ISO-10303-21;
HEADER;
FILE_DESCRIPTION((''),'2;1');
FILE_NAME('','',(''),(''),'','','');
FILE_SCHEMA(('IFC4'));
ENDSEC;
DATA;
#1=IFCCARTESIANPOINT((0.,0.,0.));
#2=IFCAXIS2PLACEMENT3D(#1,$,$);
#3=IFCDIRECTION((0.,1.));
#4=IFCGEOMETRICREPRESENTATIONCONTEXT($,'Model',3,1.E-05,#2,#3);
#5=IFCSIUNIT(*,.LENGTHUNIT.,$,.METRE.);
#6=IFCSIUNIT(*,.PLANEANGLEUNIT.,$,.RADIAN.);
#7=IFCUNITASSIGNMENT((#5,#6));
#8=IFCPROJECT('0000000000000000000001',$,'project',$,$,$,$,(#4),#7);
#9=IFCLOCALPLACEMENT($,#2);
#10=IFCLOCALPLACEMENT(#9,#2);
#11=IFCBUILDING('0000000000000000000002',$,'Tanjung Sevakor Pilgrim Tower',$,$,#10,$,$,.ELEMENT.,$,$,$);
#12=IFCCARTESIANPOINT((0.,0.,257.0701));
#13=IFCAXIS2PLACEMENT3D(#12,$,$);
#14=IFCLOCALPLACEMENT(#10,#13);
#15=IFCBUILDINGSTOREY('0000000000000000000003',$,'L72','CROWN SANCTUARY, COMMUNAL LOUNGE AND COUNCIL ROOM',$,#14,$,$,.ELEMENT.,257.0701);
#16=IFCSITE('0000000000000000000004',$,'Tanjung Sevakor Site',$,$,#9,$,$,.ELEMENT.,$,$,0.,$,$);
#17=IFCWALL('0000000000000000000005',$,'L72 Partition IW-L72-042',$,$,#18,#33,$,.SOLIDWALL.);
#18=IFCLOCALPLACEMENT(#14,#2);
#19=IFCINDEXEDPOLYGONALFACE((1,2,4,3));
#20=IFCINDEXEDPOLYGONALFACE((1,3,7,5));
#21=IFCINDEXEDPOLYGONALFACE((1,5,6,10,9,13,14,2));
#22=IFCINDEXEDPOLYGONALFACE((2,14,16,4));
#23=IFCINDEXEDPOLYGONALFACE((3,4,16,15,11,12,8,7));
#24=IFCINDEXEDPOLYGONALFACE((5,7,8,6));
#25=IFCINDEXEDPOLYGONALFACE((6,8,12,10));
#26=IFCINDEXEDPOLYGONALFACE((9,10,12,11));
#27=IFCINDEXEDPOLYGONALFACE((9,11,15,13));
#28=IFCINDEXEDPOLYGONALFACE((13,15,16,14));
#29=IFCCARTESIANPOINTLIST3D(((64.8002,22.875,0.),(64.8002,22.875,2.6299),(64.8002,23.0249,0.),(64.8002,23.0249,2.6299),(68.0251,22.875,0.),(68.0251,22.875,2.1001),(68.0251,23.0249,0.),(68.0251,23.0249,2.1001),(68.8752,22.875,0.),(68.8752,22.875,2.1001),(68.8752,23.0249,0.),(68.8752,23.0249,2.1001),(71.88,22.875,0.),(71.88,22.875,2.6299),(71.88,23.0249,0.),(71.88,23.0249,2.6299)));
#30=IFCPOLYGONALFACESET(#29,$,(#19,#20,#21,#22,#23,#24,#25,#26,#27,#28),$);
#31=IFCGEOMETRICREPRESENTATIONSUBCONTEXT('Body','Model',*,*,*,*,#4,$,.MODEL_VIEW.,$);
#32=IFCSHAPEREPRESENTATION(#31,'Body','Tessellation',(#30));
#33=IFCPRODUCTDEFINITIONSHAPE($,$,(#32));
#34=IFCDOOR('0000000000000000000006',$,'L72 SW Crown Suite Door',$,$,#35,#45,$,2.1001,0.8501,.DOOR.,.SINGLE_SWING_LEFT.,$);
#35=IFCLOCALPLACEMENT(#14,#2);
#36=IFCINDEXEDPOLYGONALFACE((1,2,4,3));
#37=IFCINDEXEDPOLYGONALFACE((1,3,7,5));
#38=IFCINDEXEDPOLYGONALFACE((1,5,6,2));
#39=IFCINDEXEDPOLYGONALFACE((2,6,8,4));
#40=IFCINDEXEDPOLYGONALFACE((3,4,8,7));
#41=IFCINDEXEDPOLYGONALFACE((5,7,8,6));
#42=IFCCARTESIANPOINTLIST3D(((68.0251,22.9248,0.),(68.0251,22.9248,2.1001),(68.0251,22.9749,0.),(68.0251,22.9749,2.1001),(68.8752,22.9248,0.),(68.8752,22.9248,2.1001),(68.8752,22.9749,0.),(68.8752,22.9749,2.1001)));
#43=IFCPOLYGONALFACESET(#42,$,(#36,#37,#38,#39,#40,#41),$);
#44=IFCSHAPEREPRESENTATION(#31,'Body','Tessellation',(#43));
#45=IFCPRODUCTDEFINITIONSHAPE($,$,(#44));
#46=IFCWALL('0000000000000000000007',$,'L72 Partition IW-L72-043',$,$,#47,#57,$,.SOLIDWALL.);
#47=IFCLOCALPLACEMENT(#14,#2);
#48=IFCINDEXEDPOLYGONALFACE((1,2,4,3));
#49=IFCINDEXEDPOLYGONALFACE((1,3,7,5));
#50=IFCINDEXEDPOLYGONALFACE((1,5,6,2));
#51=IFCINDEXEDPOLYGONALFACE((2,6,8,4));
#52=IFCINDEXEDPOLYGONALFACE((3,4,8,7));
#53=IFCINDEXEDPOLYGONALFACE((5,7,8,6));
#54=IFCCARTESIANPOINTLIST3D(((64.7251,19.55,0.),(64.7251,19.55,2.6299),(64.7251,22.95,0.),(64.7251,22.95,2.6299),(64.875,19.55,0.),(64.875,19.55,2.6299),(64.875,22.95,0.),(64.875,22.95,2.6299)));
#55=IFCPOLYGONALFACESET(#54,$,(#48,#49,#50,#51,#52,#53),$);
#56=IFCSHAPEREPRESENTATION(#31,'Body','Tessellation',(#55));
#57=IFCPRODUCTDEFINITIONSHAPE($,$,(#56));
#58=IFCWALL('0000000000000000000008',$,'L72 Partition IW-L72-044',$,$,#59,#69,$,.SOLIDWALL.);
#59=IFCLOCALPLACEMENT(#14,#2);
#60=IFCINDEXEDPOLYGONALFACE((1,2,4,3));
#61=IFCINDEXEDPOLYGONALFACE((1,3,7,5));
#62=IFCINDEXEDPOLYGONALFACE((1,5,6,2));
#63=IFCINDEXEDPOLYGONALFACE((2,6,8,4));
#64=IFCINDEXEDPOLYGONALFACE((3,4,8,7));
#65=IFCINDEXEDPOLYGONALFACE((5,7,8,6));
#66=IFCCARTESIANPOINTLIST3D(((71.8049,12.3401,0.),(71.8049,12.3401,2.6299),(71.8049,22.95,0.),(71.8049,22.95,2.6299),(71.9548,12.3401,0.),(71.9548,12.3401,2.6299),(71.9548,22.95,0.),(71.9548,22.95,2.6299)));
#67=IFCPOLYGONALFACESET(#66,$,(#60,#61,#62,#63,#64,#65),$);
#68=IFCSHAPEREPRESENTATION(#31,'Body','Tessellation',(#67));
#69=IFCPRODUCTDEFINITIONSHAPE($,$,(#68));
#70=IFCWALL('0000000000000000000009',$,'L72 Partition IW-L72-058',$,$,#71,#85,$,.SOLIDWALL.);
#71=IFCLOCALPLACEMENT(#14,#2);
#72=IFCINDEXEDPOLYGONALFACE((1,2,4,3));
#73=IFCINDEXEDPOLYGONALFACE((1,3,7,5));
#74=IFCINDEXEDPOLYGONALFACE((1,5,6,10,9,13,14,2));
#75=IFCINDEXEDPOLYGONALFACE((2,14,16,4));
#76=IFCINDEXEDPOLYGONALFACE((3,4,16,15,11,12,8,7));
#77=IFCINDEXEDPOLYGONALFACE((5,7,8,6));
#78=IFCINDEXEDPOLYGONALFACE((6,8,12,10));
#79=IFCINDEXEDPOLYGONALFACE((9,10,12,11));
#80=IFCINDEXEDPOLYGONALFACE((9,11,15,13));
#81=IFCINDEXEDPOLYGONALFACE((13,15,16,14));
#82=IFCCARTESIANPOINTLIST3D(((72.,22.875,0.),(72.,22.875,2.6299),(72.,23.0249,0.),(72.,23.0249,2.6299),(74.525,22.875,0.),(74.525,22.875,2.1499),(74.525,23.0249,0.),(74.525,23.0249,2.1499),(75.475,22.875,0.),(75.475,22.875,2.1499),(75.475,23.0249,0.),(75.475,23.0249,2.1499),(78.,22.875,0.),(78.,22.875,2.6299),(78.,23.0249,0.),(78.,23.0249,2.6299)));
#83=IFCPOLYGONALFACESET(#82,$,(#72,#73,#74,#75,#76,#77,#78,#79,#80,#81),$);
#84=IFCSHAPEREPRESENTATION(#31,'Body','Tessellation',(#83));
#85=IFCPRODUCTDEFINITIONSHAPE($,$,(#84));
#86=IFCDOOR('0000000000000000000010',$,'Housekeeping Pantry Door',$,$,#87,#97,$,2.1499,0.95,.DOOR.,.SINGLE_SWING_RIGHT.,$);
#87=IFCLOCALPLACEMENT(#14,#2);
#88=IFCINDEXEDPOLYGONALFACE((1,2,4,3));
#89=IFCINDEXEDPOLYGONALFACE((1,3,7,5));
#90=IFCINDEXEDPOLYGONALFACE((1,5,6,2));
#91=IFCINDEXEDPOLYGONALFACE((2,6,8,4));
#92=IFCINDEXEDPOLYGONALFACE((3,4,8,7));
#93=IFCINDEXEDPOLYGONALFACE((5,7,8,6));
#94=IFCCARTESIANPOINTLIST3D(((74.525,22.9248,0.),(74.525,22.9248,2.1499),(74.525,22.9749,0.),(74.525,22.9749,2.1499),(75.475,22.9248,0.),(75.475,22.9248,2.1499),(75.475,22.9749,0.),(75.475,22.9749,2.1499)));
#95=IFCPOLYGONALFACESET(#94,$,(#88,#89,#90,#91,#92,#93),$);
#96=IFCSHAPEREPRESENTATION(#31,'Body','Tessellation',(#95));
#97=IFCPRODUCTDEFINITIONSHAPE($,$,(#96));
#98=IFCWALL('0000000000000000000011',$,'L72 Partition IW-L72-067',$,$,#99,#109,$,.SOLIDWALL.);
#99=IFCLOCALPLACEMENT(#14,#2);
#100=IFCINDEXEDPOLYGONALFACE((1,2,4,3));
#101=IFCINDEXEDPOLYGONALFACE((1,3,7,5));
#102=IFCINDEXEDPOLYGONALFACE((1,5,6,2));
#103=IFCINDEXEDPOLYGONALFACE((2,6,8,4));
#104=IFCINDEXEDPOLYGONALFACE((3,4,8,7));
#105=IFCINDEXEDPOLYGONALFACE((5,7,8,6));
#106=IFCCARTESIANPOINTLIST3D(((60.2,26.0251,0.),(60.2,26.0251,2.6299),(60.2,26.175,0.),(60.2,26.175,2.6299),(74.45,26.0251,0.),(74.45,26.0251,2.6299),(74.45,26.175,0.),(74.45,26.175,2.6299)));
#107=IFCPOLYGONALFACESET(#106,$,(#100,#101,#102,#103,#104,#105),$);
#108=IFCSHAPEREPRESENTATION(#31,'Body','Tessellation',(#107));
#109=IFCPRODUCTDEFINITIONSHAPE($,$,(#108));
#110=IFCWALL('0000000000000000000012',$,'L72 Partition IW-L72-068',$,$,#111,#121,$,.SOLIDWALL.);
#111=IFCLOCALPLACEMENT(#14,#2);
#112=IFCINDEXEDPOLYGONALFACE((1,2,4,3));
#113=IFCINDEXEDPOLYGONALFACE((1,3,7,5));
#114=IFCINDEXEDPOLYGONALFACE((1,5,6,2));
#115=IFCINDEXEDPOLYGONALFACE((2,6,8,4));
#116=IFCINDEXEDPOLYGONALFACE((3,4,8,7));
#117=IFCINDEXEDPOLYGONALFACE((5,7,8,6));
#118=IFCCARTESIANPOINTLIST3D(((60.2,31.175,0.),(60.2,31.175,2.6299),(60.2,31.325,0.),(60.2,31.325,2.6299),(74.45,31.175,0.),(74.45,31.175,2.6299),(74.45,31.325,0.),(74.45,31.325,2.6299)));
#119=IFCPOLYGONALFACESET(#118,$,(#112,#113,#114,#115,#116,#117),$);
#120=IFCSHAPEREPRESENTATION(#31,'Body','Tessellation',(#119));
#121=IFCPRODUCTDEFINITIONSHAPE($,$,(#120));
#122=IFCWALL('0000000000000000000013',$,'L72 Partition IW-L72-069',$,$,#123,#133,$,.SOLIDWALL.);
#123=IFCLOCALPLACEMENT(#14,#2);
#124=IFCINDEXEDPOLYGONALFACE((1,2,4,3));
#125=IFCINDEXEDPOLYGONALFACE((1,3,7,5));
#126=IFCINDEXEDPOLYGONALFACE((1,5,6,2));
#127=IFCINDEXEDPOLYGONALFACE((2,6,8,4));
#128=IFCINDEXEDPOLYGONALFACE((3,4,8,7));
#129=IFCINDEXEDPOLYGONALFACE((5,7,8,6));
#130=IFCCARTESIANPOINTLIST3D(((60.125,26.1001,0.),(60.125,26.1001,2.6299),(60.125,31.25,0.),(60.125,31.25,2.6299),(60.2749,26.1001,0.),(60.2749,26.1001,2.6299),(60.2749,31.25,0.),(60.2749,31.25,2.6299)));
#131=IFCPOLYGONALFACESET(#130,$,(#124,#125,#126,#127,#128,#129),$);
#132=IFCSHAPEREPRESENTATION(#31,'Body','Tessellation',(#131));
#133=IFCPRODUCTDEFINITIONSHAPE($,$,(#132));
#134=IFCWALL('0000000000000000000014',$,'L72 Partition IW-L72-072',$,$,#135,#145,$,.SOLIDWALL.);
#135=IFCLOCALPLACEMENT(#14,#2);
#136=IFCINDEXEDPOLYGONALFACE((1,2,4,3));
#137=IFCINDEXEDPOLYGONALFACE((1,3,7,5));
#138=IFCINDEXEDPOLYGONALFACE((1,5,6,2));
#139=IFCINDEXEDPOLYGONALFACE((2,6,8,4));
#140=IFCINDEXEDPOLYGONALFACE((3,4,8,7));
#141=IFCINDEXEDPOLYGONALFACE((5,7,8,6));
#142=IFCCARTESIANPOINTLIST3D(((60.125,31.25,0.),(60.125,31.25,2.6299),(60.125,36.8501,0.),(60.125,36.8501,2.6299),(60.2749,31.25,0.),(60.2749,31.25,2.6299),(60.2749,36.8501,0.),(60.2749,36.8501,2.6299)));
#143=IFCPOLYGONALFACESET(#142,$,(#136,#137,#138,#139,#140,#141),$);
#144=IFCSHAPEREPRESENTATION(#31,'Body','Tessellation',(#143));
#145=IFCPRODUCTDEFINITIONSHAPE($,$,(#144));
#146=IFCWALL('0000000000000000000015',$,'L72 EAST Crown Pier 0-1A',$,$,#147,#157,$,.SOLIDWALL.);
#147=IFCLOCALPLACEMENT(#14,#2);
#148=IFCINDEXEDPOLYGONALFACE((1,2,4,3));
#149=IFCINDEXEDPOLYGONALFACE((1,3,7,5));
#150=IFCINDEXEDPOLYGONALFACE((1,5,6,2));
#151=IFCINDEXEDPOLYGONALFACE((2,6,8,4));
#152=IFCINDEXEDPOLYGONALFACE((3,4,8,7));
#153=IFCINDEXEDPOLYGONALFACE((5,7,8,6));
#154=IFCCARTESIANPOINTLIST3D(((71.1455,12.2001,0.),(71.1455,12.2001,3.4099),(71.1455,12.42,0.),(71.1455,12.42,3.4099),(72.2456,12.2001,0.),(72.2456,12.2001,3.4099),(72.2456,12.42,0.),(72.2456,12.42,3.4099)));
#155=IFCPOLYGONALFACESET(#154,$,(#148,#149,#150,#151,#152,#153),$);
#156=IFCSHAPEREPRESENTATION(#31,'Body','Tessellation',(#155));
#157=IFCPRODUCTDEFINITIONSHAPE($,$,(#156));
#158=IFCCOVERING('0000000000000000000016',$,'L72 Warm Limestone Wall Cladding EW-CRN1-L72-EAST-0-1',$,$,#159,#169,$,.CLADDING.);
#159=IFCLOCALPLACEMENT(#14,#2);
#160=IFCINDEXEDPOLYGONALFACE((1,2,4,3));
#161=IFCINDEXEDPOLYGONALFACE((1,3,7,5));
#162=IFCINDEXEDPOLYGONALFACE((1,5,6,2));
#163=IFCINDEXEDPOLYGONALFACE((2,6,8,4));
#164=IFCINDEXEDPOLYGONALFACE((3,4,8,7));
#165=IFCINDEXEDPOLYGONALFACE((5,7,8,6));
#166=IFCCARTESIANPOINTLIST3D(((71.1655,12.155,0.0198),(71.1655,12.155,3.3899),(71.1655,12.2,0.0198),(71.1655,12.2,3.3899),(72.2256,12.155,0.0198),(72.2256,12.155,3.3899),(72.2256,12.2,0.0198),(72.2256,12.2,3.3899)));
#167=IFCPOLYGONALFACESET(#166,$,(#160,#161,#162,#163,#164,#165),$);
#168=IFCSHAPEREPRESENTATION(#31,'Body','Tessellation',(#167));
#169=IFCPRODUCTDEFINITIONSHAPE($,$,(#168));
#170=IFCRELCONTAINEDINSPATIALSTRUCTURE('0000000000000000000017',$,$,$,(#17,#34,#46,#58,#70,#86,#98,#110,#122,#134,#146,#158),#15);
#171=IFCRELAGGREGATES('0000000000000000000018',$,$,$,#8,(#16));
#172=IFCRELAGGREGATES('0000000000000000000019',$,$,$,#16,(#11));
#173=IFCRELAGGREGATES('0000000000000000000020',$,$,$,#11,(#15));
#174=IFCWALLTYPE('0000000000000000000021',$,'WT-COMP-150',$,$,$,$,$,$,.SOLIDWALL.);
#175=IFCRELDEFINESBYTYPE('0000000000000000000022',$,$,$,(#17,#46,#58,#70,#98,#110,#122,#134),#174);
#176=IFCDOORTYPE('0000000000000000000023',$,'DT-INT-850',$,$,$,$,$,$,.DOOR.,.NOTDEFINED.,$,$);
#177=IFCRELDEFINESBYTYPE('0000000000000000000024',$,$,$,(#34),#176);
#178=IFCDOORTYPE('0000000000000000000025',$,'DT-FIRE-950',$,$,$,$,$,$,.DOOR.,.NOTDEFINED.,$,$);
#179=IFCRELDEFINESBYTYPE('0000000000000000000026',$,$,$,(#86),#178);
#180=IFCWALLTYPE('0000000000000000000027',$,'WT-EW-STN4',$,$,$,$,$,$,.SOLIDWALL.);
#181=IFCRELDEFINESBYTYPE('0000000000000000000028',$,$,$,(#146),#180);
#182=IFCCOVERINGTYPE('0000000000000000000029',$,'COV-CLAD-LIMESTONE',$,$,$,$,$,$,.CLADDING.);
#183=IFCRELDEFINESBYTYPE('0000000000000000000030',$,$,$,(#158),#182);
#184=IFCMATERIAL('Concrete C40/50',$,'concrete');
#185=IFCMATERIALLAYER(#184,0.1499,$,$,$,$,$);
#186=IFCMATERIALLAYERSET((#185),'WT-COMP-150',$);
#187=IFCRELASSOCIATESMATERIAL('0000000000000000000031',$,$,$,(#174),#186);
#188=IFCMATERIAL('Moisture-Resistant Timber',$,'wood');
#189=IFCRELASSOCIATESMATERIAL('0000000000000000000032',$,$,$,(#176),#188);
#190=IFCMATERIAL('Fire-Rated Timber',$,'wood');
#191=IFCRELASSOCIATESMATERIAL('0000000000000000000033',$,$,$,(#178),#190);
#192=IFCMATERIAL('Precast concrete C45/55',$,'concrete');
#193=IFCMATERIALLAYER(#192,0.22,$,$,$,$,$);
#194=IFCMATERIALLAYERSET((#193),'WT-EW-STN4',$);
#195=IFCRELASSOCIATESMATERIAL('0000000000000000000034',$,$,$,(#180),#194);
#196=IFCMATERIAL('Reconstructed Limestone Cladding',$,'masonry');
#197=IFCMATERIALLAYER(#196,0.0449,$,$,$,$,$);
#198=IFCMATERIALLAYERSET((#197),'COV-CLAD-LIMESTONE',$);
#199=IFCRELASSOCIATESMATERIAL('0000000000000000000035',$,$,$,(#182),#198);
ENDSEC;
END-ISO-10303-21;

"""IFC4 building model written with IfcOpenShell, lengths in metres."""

from ifc_helpers import new_model, si_unit, direction, frame, frame_2d, origin, origin_2d, place, context, subcontext, project, spatial, rectangle, extrude, material, layer, layer_set, type_object, element, fill, save


model = new_model("IFC4")

# Units and contexts
model_context = context("Model", 3, precision=1e-05, world=origin(), true_north=direction((0.0, 1.0)))
body_context = subcontext(model_context, "Body", "Model", "MODEL_VIEW")
ifc_project = project(units=[si_unit("LENGTHUNIT", "METRE"), si_unit("PLANEANGLEUNIT", "RADIAN")], contexts=[model_context])

# Site, building, storey
site_placement = place(None, origin())
site = spatial("IfcSite", under=ifc_project, at=site_placement, Name="Tanjung Sevakor Site", CompositionType="ELEMENT", RefElevation=0.0)
building_placement = place(site_placement, origin())
building = spatial("IfcBuilding", under=site, at=building_placement, Name="Tanjung Sevakor Pilgrim Tower", CompositionType="ELEMENT")
storey_placement = place(building_placement, frame((0.0, 0.0, 257.0701)))
storey = spatial("IfcBuildingStorey", under=building, at=storey_placement, Name="L72", Description="CROWN SANCTUARY, COMMUNAL LOUNGE AND COUNCIL ROOM", CompositionType="ELEMENT", Elevation=257.0701)

# Shared definitions
ifc_material_1 = material(Name="Concrete C40/50", Category="concrete")
ifc_layer_1 = layer(ifc_material_1, 0.1499)
ifc_layer_set_1 = layer_set([ifc_layer_1], Name="WT-COMP-150")
wall_type_1 = type_object("IfcWallType", Name="WT-COMP-150", PredefinedType="SOLIDWALL", material=ifc_layer_set_1)

# Wall, opening, door
wall_1_placement = place(storey_placement, frame((64.8, 22.95, 0.0), z_axis=(0.0, 0.0, 1.0), x_axis=(1.0, 0.0, 0.0)))
wall_1 = element("IfcWall", 1, at=wall_1_placement, inside=storey, type_object=wall_type_1, Name="L72 Partition IW-L72-042", PredefinedType="SOLIDWALL", context=body_context, shape_type="SweptSolid", body=[
    extrude(rectangle(XDim=7.0798, YDim=0.1499, at=frame_2d((3.54, 0.0))), origin(), (0.0, 0.0, 1.0), 2.6299),
])
opening_1_placement = place(wall_1_placement, frame((3.2251, 0.0, 0.0)))
opening_1 = element("IfcOpeningElement", 2, at=opening_1_placement, cuts=wall_1, PredefinedType="OPENING", context=body_context, shape_type="SweptSolid", body=[
    extrude(rectangle(XDim=0.8501, YDim=2.1001, at=frame_2d((0.425, 1.05))), frame((0.0, 0.085, 0.0), z_axis=(0.0, -1.0, 0.0), x_axis=(1.0, 0.0, 0.0)), (0.0, 0.0, 1.0), 0.1699),
])
ifc_material_2 = material(Name="Moisture-Resistant Timber", Category="wood")
door_type_1 = type_object("IfcDoorType", Name="DT-INT-850", OperationType="NOTDEFINED", PredefinedType="DOOR", material=ifc_material_2)
door_1_placement = place(opening_1_placement, origin())
door_1 = element("IfcDoor", 3, at=door_1_placement, inside=storey, type_object=door_type_1, Name="L72 SW Crown Suite Door", OperationType="SINGLE_SWING_LEFT", OverallHeight=2.1001, OverallWidth=0.8501, PredefinedType="DOOR", context=body_context, shape_type="SweptSolid", body=[
    extrude(rectangle(XDim=0.8501, YDim=2.1001, at=frame_2d((0.425, 1.05))), frame((0.0, 0.0249, 0.0), z_axis=(0.0, -1.0, 0.0), x_axis=(1.0, 0.0, 0.0)), (0.0, 0.0, 1.0), 0.05),
])
fill(opening_1, door_1)

# Walls
wall_2_placement = place(storey_placement, frame((64.8, 19.55, 0.0), z_axis=(0.0, 0.0, 1.0), x_axis=(0.0, 1.0, 0.0)))
element("IfcWall", 4, at=wall_2_placement, inside=storey, type_object=wall_type_1, Name="L72 Partition IW-L72-043", PredefinedType="SOLIDWALL", context=body_context, shape_type="SweptSolid", body=[
    extrude(rectangle(XDim=3.3999, YDim=0.1499, at=frame_2d((1.7, 0.0))), origin(), (0.0, 0.0, 1.0), 2.6299),
])
wall_3_placement = place(storey_placement, frame((71.8799, 12.3401, 0.0), z_axis=(0.0, 0.0, 1.0), x_axis=(0.0, 1.0, 0.0)))
element("IfcWall", 5, at=wall_3_placement, inside=storey, type_object=wall_type_1, Name="L72 Partition IW-L72-044", PredefinedType="SOLIDWALL", context=body_context, shape_type="SweptSolid", body=[
    extrude(rectangle(XDim=10.6099, YDim=0.1499, at=frame_2d((5.3049, 0.0))), origin(), (0.0, 0.0, 1.0), 2.6299),
])

# Wall, opening, door
wall_4_placement = place(storey_placement, frame((72.0, 22.95, 0.0), z_axis=(0.0, 0.0, 1.0), x_axis=(1.0, 0.0, 0.0)))
wall_4 = element("IfcWall", 6, at=wall_4_placement, inside=storey, type_object=wall_type_1, Name="L72 Partition IW-L72-058", PredefinedType="SOLIDWALL", context=body_context, shape_type="SweptSolid", body=[
    extrude(rectangle(XDim=6.0, YDim=0.1499, at=frame_2d((3.0, 0.0))), origin(), (0.0, 0.0, 1.0), 2.6299),
])
opening_2_placement = place(wall_4_placement, frame((2.5249, 0.0, 0.0)))
opening_2 = element("IfcOpeningElement", 7, at=opening_2_placement, cuts=wall_4, PredefinedType="OPENING", context=body_context, shape_type="SweptSolid", body=[
    extrude(rectangle(XDim=0.95, YDim=2.1499, at=frame_2d((0.4751, 1.075))), frame((0.0, 0.085, 0.0), z_axis=(0.0, -1.0, 0.0), x_axis=(1.0, 0.0, 0.0)), (0.0, 0.0, 1.0), 0.1699),
])
ifc_material_3 = material(Name="Fire-Rated Timber", Category="wood")
door_type_2 = type_object("IfcDoorType", Name="DT-FIRE-950", OperationType="NOTDEFINED", PredefinedType="DOOR", material=ifc_material_3)
door_2_placement = place(opening_2_placement, origin())
door_2 = element("IfcDoor", 8, at=door_2_placement, inside=storey, type_object=door_type_2, Name="Housekeeping Pantry Door", OperationType="SINGLE_SWING_RIGHT", OverallHeight=2.1499, OverallWidth=0.95, PredefinedType="DOOR", context=body_context, shape_type="SweptSolid", body=[
    extrude(rectangle(XDim=0.95, YDim=2.1499, at=frame_2d((0.4751, 1.075))), frame((0.0, 0.0249, 0.0), z_axis=(0.0, -1.0, 0.0), x_axis=(1.0, 0.0, 0.0)), (0.0, 0.0, 1.0), 0.05),
])
fill(opening_2, door_2)

# Walls
for number, where, z_axis, x_axis, name in (
    (9, (60.2, 26.1001, 0.0), (0.0, 0.0, 1.0), (1.0, 0.0, 0.0), "L72 Partition IW-L72-067"),
    (10, (60.2, 31.25, 0.0), (0.0, 0.0, 1.0), (1.0, 0.0, 0.0), "L72 Partition IW-L72-068"),
):
    element("IfcWall", number, at=place(storey_placement, frame(where, z_axis=z_axis, x_axis=x_axis)), inside=storey, type_object=wall_type_1, Name=name, PredefinedType="SOLIDWALL", context=body_context, shape_type="SweptSolid", body=[
        extrude(rectangle(XDim=14.25, YDim=0.1499, at=frame_2d((7.125, 0.0))), origin(), (0.0, 0.0, 1.0), 2.6299),
    ])
wall_5_placement = place(storey_placement, frame((60.2, 26.1001, 0.0), z_axis=(0.0, 0.0, 1.0), x_axis=(0.0, 1.0, 0.0)))
element("IfcWall", 11, at=wall_5_placement, inside=storey, type_object=wall_type_1, Name="L72 Partition IW-L72-069", PredefinedType="SOLIDWALL", context=body_context, shape_type="SweptSolid", body=[
    extrude(rectangle(XDim=5.1499, YDim=0.1499, at=frame_2d((2.575, 0.0))), origin(), (0.0, 0.0, 1.0), 2.6299),
])
wall_6_placement = place(storey_placement, frame((60.2, 31.25, 0.0), z_axis=(0.0, 0.0, 1.0), x_axis=(0.0, 1.0, 0.0)))
element("IfcWall", 12, at=wall_6_placement, inside=storey, type_object=wall_type_1, Name="L72 Partition IW-L72-072", PredefinedType="SOLIDWALL", context=body_context, shape_type="SweptSolid", body=[
    extrude(rectangle(XDim=5.6001, YDim=0.1499, at=frame_2d((2.8, 0.0))), origin(), (0.0, 0.0, 1.0), 2.6299),
])
ifc_material_4 = material(Name="Precast concrete C45/55", Category="concrete")
ifc_layer_2 = layer(ifc_material_4, 0.22)
ifc_layer_set_2 = layer_set([ifc_layer_2], Name="WT-EW-STN4")
wall_type_2 = type_object("IfcWallType", Name="WT-EW-STN4", PredefinedType="SOLIDWALL", material=ifc_layer_set_2)
wall_7_placement = place(storey_placement, frame((71.1455, 12.3101, 0.0), z_axis=(0.0, 0.0, 1.0), x_axis=(1.0, 0.0, 0.0)))
element("IfcWall", 13, at=wall_7_placement, inside=storey, type_object=wall_type_2, Name="L72 EAST Crown Pier 0-1A", PredefinedType="SOLIDWALL", context=body_context, shape_type="SweptSolid", body=[
    extrude(rectangle(XDim=1.1001, YDim=0.22, at=frame_2d((0.55, 0.0))), origin(), (0.0, 0.0, 1.0), 3.4099),
])

# Covering
ifc_material_5 = material(Name="Reconstructed Limestone Cladding", Category="masonry")
ifc_layer_3 = layer(ifc_material_5, 0.0449)
ifc_layer_set_3 = layer_set([ifc_layer_3], Name="COV-CLAD-LIMESTONE")
covering_type = type_object("IfcCoveringType", Name="COV-CLAD-LIMESTONE", PredefinedType="CLADDING", material=ifc_layer_set_3)
covering_placement = place(storey_placement, frame((71.6956, 12.1775, 0.0198), z_axis=(0.0, 0.0, 1.0), x_axis=(1.0, 0.0, 0.0)))
element("IfcCovering", 14, at=covering_placement, inside=storey, type_object=covering_type, Name="L72 Warm Limestone Wall Cladding EW-CRN1-L72-EAST-0-1", PredefinedType="CLADDING", context=body_context, shape_type="SweptSolid", body=[
    extrude(rectangle(XDim=1.0601, YDim=0.0449, at=origin_2d()), origin(), (0.0, 0.0, 1.0), 3.3701),
])

save(model, "model.ifc")
